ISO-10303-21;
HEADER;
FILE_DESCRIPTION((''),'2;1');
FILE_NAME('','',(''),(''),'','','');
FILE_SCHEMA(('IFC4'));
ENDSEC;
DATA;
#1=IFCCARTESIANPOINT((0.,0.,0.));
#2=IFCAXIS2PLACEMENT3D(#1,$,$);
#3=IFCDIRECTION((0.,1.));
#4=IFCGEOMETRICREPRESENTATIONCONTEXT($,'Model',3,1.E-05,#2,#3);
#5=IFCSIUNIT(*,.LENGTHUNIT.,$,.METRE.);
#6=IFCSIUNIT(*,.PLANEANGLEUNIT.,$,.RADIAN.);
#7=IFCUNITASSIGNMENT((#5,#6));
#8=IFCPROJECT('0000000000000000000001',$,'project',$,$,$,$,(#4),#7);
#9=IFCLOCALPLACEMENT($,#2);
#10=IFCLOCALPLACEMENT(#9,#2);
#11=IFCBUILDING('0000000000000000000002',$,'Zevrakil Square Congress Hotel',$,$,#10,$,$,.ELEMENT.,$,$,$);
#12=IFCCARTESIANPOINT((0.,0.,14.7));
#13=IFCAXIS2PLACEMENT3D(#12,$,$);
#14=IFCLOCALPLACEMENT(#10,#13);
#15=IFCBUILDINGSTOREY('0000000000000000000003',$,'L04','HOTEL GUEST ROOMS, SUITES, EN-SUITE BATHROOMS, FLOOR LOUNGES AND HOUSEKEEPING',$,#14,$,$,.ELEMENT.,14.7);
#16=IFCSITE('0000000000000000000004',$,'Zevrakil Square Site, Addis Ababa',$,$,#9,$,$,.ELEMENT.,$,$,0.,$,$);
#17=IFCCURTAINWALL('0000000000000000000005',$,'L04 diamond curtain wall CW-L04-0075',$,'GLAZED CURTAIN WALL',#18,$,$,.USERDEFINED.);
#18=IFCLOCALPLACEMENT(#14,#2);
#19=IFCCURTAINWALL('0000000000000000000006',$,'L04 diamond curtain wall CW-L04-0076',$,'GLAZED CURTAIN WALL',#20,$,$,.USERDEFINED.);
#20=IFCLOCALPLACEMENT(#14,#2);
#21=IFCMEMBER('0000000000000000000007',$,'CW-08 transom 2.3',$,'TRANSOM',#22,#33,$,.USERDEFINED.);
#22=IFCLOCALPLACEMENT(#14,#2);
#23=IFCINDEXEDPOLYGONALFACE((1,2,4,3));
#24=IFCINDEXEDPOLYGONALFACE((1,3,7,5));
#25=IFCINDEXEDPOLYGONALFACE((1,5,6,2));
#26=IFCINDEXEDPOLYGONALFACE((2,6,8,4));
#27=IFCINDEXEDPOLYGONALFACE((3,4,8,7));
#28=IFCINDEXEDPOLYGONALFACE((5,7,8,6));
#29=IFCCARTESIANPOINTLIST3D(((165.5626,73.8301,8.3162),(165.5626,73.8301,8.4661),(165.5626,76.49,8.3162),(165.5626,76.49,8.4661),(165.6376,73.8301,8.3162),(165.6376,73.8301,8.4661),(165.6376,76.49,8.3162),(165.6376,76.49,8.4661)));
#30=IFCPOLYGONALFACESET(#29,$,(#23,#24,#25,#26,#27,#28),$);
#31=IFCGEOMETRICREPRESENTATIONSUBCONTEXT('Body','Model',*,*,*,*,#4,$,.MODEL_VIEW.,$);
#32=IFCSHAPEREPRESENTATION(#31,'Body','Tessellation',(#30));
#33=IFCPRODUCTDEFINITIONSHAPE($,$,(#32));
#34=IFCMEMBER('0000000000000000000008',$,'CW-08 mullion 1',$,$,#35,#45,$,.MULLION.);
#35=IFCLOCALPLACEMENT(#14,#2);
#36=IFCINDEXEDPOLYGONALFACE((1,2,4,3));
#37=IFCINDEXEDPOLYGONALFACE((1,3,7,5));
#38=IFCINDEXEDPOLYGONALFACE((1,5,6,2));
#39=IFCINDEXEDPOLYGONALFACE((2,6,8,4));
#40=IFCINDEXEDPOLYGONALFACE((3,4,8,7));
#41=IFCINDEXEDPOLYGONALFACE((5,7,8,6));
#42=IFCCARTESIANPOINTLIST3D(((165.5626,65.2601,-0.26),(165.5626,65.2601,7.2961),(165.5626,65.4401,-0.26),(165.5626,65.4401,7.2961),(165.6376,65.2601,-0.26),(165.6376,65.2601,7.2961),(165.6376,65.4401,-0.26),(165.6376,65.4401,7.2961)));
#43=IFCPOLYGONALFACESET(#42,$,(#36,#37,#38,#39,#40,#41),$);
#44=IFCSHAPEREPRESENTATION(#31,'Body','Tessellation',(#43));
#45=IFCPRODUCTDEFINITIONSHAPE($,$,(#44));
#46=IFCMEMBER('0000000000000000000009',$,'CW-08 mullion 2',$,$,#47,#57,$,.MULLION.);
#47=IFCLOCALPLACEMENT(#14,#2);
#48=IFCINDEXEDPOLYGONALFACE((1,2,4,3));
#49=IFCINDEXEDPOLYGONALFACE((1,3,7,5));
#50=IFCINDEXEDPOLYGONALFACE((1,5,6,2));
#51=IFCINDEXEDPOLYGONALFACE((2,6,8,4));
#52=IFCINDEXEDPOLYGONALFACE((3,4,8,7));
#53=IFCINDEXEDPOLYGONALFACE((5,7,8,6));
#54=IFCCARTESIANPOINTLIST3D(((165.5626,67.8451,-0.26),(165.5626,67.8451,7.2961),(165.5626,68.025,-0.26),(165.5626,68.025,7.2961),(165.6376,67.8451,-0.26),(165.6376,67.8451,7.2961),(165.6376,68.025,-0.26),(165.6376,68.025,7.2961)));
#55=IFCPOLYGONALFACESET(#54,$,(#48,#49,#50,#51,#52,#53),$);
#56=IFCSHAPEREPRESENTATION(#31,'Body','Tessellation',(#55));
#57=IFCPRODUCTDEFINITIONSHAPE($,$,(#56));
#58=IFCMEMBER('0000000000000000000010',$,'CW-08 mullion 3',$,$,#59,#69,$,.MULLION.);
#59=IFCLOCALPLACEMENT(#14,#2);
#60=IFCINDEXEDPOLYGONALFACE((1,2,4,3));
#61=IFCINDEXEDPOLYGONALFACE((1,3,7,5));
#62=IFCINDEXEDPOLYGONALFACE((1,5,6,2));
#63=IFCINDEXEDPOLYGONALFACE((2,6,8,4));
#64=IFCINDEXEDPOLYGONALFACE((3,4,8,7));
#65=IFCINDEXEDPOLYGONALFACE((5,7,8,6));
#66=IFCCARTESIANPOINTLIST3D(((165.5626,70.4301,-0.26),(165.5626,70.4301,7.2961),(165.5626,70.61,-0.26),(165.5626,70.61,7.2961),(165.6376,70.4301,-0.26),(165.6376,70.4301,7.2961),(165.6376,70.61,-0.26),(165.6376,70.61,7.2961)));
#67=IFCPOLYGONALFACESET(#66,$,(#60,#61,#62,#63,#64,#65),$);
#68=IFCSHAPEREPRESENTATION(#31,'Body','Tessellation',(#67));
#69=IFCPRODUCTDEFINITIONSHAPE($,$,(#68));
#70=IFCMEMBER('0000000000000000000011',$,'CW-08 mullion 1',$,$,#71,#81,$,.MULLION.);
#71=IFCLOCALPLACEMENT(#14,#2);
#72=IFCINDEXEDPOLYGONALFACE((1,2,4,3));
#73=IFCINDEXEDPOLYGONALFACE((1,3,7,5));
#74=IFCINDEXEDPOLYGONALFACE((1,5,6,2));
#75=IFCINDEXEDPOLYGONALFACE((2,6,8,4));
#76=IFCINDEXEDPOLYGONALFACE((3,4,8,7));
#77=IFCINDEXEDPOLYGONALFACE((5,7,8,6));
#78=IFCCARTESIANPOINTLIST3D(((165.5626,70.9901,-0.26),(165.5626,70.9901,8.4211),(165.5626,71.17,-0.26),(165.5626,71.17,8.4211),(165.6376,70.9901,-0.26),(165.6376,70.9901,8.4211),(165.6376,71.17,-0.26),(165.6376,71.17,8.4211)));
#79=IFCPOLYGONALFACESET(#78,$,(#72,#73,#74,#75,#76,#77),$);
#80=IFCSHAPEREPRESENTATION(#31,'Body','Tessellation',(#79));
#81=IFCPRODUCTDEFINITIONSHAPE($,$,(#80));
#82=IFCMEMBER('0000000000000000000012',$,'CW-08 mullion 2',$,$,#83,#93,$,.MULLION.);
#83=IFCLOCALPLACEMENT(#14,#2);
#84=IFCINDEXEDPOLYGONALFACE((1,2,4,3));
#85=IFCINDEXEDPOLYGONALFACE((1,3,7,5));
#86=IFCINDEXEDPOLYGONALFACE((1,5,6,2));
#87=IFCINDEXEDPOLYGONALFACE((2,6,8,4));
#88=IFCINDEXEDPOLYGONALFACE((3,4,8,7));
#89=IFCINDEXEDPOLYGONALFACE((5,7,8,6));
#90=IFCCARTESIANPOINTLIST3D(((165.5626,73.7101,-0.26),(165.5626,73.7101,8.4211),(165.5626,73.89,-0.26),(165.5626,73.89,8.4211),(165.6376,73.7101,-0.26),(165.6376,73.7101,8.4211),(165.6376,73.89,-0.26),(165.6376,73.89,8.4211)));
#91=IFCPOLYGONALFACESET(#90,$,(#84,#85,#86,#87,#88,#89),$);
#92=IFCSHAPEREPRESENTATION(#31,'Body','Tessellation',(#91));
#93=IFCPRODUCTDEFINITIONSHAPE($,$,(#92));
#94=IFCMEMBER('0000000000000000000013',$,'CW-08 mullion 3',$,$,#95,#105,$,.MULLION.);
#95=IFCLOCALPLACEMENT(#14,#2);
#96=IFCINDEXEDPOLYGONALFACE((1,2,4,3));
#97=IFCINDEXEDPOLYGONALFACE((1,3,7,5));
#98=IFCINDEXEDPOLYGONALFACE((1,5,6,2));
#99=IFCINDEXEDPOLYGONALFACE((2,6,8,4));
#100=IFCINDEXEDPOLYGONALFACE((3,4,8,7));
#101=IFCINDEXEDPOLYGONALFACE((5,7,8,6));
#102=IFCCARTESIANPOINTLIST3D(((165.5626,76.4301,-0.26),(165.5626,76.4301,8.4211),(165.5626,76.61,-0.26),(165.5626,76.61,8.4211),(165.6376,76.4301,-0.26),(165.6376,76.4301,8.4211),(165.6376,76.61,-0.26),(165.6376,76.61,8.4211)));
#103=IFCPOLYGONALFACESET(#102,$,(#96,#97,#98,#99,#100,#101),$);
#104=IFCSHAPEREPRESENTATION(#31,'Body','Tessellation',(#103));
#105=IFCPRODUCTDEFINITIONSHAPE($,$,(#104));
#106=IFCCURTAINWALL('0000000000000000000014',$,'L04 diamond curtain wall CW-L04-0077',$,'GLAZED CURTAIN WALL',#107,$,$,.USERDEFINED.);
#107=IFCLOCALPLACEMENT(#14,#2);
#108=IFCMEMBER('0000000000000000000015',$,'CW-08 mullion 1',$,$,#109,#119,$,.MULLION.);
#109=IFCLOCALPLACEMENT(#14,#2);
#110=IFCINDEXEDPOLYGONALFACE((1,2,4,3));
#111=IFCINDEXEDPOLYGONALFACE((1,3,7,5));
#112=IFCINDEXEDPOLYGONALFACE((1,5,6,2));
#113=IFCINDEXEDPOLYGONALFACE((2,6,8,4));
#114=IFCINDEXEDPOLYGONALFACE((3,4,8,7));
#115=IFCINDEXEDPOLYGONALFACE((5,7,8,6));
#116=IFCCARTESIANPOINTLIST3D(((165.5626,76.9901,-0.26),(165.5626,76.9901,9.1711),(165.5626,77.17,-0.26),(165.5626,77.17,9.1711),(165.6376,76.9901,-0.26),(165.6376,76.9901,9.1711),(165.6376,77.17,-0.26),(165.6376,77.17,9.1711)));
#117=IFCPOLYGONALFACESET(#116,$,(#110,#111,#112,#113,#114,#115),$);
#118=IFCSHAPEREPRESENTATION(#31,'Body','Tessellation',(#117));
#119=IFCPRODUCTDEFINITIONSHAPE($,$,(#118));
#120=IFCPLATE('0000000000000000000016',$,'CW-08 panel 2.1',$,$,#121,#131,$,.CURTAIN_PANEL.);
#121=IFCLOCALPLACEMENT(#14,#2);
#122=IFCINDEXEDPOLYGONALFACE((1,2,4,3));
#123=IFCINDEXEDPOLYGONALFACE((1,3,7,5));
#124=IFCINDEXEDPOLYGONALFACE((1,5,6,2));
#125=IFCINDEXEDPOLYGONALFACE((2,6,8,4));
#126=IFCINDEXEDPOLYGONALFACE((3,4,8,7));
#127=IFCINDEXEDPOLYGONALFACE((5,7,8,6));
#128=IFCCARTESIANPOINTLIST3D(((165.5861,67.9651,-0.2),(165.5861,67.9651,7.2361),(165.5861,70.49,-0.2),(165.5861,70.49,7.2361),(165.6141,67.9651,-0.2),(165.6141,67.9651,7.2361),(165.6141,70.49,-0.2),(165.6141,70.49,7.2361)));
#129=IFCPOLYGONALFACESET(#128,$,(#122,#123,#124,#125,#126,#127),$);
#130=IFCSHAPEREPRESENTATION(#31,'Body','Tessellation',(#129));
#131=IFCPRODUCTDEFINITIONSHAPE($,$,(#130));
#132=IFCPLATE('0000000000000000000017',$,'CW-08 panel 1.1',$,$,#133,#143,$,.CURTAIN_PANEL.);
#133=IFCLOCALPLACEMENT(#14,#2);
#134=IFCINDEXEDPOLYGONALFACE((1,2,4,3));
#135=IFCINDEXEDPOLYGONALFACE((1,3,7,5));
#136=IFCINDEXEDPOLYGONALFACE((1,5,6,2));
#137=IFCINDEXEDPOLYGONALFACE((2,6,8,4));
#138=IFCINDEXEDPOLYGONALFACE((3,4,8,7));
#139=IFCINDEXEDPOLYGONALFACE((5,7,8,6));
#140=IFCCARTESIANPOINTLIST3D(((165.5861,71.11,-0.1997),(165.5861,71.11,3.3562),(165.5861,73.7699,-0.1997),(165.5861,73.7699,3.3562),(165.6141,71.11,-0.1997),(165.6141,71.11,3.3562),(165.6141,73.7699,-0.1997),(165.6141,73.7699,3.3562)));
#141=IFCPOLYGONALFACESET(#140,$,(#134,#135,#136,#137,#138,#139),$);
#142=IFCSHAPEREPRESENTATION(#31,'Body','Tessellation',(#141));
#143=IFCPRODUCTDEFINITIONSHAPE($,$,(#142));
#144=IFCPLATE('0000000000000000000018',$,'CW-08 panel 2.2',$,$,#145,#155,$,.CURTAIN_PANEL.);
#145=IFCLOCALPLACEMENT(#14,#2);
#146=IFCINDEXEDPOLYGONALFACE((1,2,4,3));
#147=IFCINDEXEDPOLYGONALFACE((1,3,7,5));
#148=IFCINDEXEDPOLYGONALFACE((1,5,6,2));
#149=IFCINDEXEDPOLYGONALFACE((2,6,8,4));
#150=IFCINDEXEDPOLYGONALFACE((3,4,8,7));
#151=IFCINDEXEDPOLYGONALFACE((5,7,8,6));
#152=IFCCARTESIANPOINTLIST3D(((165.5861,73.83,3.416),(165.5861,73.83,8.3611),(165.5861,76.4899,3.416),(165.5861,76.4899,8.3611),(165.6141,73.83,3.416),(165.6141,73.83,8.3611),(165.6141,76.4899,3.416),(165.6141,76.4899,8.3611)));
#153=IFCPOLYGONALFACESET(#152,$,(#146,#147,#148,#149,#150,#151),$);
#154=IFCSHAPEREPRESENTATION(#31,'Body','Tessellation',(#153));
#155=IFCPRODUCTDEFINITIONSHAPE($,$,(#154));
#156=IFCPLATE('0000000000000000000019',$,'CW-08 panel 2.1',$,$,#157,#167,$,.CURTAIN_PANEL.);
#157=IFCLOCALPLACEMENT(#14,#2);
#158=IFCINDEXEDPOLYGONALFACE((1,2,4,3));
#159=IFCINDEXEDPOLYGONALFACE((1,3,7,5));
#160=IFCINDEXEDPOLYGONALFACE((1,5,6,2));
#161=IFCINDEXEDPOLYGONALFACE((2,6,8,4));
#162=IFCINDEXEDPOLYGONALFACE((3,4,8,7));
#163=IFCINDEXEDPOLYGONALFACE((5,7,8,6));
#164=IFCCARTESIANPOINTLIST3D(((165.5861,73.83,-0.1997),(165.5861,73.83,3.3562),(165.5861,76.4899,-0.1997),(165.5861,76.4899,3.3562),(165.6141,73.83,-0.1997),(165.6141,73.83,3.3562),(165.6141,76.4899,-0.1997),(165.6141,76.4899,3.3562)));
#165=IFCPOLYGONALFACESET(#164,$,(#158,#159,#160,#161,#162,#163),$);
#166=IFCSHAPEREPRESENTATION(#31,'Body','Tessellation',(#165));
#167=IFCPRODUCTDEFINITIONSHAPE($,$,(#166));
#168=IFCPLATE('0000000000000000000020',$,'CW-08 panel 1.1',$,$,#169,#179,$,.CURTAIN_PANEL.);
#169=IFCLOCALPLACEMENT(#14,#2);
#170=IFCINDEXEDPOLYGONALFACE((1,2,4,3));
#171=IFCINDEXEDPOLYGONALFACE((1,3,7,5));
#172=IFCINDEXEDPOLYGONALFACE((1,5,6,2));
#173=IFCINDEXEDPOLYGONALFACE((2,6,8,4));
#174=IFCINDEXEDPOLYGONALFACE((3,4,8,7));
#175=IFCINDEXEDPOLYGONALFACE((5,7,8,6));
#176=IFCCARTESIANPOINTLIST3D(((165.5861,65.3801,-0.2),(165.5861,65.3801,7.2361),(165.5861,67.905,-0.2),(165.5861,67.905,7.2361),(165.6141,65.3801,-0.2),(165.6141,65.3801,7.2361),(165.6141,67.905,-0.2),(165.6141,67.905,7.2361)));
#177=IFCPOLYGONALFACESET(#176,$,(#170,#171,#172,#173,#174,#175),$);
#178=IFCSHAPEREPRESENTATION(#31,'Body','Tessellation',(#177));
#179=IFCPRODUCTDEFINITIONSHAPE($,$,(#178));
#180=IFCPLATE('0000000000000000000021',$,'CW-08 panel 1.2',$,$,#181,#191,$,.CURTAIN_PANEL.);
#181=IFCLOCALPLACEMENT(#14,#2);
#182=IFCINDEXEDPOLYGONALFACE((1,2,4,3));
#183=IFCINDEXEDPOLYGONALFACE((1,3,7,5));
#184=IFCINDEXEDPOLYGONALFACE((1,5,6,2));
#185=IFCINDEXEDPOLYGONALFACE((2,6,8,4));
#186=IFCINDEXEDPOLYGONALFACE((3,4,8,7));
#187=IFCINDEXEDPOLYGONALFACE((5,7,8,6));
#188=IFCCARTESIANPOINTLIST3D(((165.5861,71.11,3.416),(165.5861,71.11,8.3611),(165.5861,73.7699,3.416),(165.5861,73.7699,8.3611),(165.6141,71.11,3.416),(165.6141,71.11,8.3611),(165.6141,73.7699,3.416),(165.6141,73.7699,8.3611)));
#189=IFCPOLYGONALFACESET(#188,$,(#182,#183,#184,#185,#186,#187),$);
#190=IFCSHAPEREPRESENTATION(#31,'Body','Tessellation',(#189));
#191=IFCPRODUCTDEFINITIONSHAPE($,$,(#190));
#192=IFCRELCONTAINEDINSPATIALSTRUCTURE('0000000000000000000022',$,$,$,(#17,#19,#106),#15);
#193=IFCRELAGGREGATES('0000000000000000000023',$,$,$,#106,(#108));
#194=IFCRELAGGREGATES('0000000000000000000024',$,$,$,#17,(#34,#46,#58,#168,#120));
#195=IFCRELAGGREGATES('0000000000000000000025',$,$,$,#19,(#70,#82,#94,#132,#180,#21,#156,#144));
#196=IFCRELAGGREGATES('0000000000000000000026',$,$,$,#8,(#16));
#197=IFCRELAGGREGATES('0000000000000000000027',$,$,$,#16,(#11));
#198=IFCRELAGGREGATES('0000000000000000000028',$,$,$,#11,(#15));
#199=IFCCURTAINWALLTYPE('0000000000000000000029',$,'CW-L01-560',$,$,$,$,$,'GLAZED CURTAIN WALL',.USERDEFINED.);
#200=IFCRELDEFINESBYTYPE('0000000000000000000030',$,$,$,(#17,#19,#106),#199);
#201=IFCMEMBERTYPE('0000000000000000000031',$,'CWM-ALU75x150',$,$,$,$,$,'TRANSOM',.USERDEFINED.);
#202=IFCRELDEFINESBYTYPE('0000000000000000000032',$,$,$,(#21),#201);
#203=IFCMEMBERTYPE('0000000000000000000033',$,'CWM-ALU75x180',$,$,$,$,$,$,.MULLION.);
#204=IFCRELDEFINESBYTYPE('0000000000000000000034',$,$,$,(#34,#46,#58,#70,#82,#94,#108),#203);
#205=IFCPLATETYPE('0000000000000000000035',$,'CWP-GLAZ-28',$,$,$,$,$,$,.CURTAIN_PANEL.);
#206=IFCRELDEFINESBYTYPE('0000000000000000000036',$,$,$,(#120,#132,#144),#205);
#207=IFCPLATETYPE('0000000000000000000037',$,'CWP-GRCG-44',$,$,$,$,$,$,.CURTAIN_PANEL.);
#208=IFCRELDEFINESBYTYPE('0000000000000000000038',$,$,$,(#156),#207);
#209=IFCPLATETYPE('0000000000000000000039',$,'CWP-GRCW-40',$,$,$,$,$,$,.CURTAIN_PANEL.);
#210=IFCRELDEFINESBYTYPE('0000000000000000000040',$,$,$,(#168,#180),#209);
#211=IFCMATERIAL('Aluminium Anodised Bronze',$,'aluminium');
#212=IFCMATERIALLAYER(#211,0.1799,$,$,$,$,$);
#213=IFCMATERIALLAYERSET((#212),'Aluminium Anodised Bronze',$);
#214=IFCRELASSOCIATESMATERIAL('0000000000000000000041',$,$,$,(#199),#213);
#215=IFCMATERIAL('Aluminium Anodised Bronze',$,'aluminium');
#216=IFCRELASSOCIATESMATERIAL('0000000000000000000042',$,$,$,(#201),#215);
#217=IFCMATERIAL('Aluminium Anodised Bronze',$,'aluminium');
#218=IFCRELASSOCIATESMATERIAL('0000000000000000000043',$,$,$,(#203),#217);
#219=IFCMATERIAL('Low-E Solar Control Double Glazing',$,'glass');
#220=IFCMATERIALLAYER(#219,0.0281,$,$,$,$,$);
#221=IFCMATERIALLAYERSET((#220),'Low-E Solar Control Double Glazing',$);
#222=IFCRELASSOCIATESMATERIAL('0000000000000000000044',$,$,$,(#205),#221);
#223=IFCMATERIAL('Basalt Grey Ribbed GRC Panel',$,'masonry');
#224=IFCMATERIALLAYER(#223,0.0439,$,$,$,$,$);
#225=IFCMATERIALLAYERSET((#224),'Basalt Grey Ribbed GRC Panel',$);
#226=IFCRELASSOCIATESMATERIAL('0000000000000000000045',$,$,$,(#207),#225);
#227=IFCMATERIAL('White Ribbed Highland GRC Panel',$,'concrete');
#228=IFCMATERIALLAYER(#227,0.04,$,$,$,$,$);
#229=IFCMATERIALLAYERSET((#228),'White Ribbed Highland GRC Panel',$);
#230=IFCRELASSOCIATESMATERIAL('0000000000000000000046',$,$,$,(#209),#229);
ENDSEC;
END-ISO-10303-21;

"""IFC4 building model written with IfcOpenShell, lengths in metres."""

from ifc_helpers import new_model, si_unit, direction, frame, origin, origin_2d, place, context, subcontext, project, spatial, rectangle, extrude, material, layer, layer_set, material_profile, profile_set, type_object, element, aggregate, save


model = new_model("IFC4")

# Units and contexts
model_context = context("Model", 3, precision=1e-05, world=origin(), true_north=direction((0.0, 1.0)))
body_context = subcontext(model_context, "Body", "Model", "MODEL_VIEW")
ifc_project = project(units=[si_unit("LENGTHUNIT", "METRE"), si_unit("PLANEANGLEUNIT", "RADIAN")], contexts=[model_context])

# Site, building, storey
site_placement = place(None, origin())
site = spatial("IfcSite", under=ifc_project, at=site_placement, Name="Zevrakil Square Site, Addis Ababa", CompositionType="ELEMENT", RefElevation=0.0)
building_placement = place(site_placement, origin())
building = spatial("IfcBuilding", under=site, at=building_placement, Name="Zevrakil Square Congress Hotel", CompositionType="ELEMENT")
storey_placement = place(building_placement, frame((0.0, 0.0, 14.7)))
storey = spatial("IfcBuildingStorey", under=building, at=storey_placement, Name="L04", Description="HOTEL GUEST ROOMS, SUITES, EN-SUITE BATHROOMS, FLOOR LOUNGES AND HOUSEKEEPING", CompositionType="ELEMENT", Elevation=14.7)

# Curtain walls, member
ifc_material_1 = material(Name="Aluminium Anodised Bronze", Category="aluminium")
ifc_layer_1 = layer(ifc_material_1, 0.1799)
ifc_layer_set_1 = layer_set([ifc_layer_1], Name="Aluminium Anodised Bronze")
curtain_wall_type = type_object("IfcCurtainWallType", Name="CW-L01-560", ElementType="GLAZED CURTAIN WALL", PredefinedType="USERDEFINED", material=ifc_layer_set_1)
curtain_wall_1_placement = place(storey_placement, origin())
curtain_wall_1 = element("IfcCurtainWall", 1, at=curtain_wall_1_placement, inside=storey, type_object=curtain_wall_type, Name="L04 diamond curtain wall CW-L04-0075", ObjectType="GLAZED CURTAIN WALL", PredefinedType="USERDEFINED")
ifc_material_2 = material(Name="Aluminium Anodised Bronze", Category="aluminium")
ifc_material_profile_1 = material_profile(ifc_material_2, rectangle(XDim=0.075, YDim=0.1499, at=origin_2d()), Name="ALU 75x150")
ifc_profile_set_1 = profile_set([ifc_material_profile_1], Name="Aluminium Anodised Bronze")
member_type_1 = type_object("IfcMemberType", Name="CWM-ALU75x150", ElementType="TRANSOM", PredefinedType="USERDEFINED", material=ifc_profile_set_1)
curtain_wall_2_placement = place(storey_placement, origin())
curtain_wall_2 = element("IfcCurtainWall", 2, at=curtain_wall_2_placement, inside=storey, type_object=curtain_wall_type, Name="L04 diamond curtain wall CW-L04-0076", ObjectType="GLAZED CURTAIN WALL", PredefinedType="USERDEFINED")
member_1_placement = place(storey_placement, frame((165.6001, 73.8301, 8.3911), z_axis=(0.0, 1.0, 0.0), x_axis=(-1.0, 0.0, 0.0)))
member_1 = element("IfcMember", 3, at=member_1_placement, type_object=member_type_1, Name="CW-08 transom 2.3", ObjectType="TRANSOM", PredefinedType="USERDEFINED", context=body_context, shape_type="SweptSolid", body=[
    extrude(rectangle(XDim=0.075, YDim=0.1499, at=origin_2d()), origin(), (0.0, 0.0, 1.0), 2.6599),
])

# Members
ifc_material_3 = material(Name="Aluminium Anodised Bronze", Category="aluminium")
ifc_material_profile_2 = material_profile(ifc_material_3, rectangle(XDim=0.075, YDim=0.1799, at=origin_2d()), Name="ALU 75x180")
ifc_profile_set_2 = profile_set([ifc_material_profile_2], Name="Aluminium Anodised Bronze")
member_type_2 = type_object("IfcMemberType", Name="CWM-ALU75x180", PredefinedType="MULLION", material=ifc_profile_set_2)
member_2_placement = place(storey_placement, frame((165.6001, 65.3501, -0.26), z_axis=(0.0, 0.0, 1.0), x_axis=(-1.0, 0.0, 0.0)))
member_2 = element("IfcMember", 4, at=member_2_placement, type_object=member_type_2, Name="CW-08 mullion 1", PredefinedType="MULLION", context=body_context, shape_type="SweptSolid", body=[
    extrude(rectangle(XDim=0.075, YDim=0.1799, at=origin_2d()), origin(), (0.0, 0.0, 1.0), 7.5562),
])
member_3_placement = place(storey_placement, frame((165.6001, 67.9351, -0.26), z_axis=(0.0, 0.0, 1.0), x_axis=(-1.0, 0.0, 0.0)))
member_3 = element("IfcMember", 5, at=member_3_placement, type_object=member_type_2, Name="CW-08 mullion 2", PredefinedType="MULLION", context=body_context, shape_type="SweptSolid", body=[
    extrude(rectangle(XDim=0.075, YDim=0.1799, at=origin_2d()), origin(), (0.0, 0.0, 1.0), 7.5562),
])
member_4_placement = place(storey_placement, frame((165.6001, 70.52, -0.26), z_axis=(0.0, 0.0, 1.0), x_axis=(-1.0, 0.0, 0.0)))
member_4 = element("IfcMember", 6, at=member_4_placement, type_object=member_type_2, Name="CW-08 mullion 3", PredefinedType="MULLION", context=body_context, shape_type="SweptSolid", body=[
    extrude(rectangle(XDim=0.075, YDim=0.1799, at=origin_2d()), origin(), (0.0, 0.0, 1.0), 7.5562),
])
member_5_placement = place(storey_placement, frame((165.6001, 71.0801, -0.26), z_axis=(0.0, 0.0, 1.0), x_axis=(-1.0, 0.0, 0.0)))
member_5 = element("IfcMember", 7, at=member_5_placement, type_object=member_type_2, Name="CW-08 mullion 1", PredefinedType="MULLION", context=body_context, shape_type="SweptSolid", body=[
    extrude(rectangle(XDim=0.075, YDim=0.1799, at=origin_2d()), origin(), (0.0, 0.0, 1.0), 8.6812),
])
member_6_placement = place(storey_placement, frame((165.6001, 73.8, -0.26), z_axis=(0.0, 0.0, 1.0), x_axis=(-1.0, 0.0, 0.0)))
member_6 = element("IfcMember", 8, at=member_6_placement, type_object=member_type_2, Name="CW-08 mullion 2", PredefinedType="MULLION", context=body_context, shape_type="SweptSolid", body=[
    extrude(rectangle(XDim=0.075, YDim=0.1799, at=origin_2d()), origin(), (0.0, 0.0, 1.0), 8.6812),
])
member_7_placement = place(storey_placement, frame((165.6001, 76.52, -0.26), z_axis=(0.0, 0.0, 1.0), x_axis=(-1.0, 0.0, 0.0)))
member_7 = element("IfcMember", 9, at=member_7_placement, type_object=member_type_2, Name="CW-08 mullion 3", PredefinedType="MULLION", context=body_context, shape_type="SweptSolid", body=[
    extrude(rectangle(XDim=0.075, YDim=0.1799, at=origin_2d()), origin(), (0.0, 0.0, 1.0), 8.6812),
])

# Curtain wall, member
curtain_wall_3_placement = place(storey_placement, origin())
curtain_wall_3 = element("IfcCurtainWall", 10, at=curtain_wall_3_placement, inside=storey, type_object=curtain_wall_type, Name="L04 diamond curtain wall CW-L04-0077", ObjectType="GLAZED CURTAIN WALL", PredefinedType="USERDEFINED")
member_8_placement = place(storey_placement, frame((165.6001, 77.0801, -0.26), z_axis=(0.0, 0.0, 1.0), x_axis=(-1.0, 0.0, 0.0)))
member_8 = element("IfcMember", 11, at=member_8_placement, type_object=member_type_2, Name="CW-08 mullion 1", PredefinedType="MULLION", context=body_context, shape_type="SweptSolid", body=[
    extrude(rectangle(XDim=0.075, YDim=0.1799, at=origin_2d()), origin(), (0.0, 0.0, 1.0), 9.4312),
])
aggregate(curtain_wall_3, [member_8])

# Plates
ifc_material_4 = material(Name="Low-E Solar Control Double Glazing", Category="glass")
ifc_layer_2 = layer(ifc_material_4, 0.0281)
ifc_layer_set_2 = layer_set([ifc_layer_2], Name="Low-E Solar Control Double Glazing")
plate_type_1 = type_object("IfcPlateType", Name="CWP-GLAZ-28", PredefinedType="CURTAIN_PANEL", material=ifc_layer_set_2)
plate_1_placement = place(storey_placement, frame((165.6001, 69.2275, -0.2), z_axis=(0.0, 0.0, 1.0), x_axis=(0.0, 1.0, 0.0)))
plate_1 = element("IfcPlate", 12, at=plate_1_placement, type_object=plate_type_1, Name="CW-08 panel 2.1", PredefinedType="CURTAIN_PANEL", context=body_context, shape_type="SweptSolid", body=[
    extrude(rectangle(XDim=2.5249, YDim=0.0281, at=origin_2d()), origin(), (0.0, 0.0, 1.0), 7.436),
])
plate_2_placement = place(storey_placement, frame((165.6001, 72.4399, -0.1997), z_axis=(0.0, 0.0, 1.0), x_axis=(0.0, 1.0, 0.0)))
plate_2 = element("IfcPlate", 13, at=plate_2_placement, type_object=plate_type_1, Name="CW-08 panel 1.1", PredefinedType="CURTAIN_PANEL", context=body_context, shape_type="SweptSolid", body=[
    extrude(rectangle(XDim=2.6599, YDim=0.0281, at=origin_2d()), origin(), (0.0, 0.0, 1.0), 3.5559),
])
plate_3_placement = place(storey_placement, frame((165.6001, 75.1599, 3.416), z_axis=(0.0, 0.0, 1.0), x_axis=(0.0, 1.0, 0.0)))
plate_3 = element("IfcPlate", 14, at=plate_3_placement, type_object=plate_type_1, Name="CW-08 panel 2.2", PredefinedType="CURTAIN_PANEL", context=body_context, shape_type="SweptSolid", body=[
    extrude(rectangle(XDim=2.6599, YDim=0.0281, at=origin_2d()), origin(), (0.0, 0.0, 1.0), 4.9451),
])
ifc_material_5 = material(Name="Basalt Grey Ribbed GRC Panel", Category="masonry")
ifc_layer_3 = layer(ifc_material_5, 0.0439)
ifc_layer_set_3 = layer_set([ifc_layer_3], Name="Basalt Grey Ribbed GRC Panel")
plate_type_2 = type_object("IfcPlateType", Name="CWP-GRCG-44", PredefinedType="CURTAIN_PANEL", material=ifc_layer_set_3)
plate_4_placement = place(storey_placement, frame((165.6001, 75.1599, -0.1997), z_axis=(0.0, 0.0, 1.0), x_axis=(0.0, 1.0, 0.0)))
plate_4 = element("IfcPlate", 15, at=plate_4_placement, type_object=plate_type_2, Name="CW-08 panel 2.1", PredefinedType="CURTAIN_PANEL", context=body_context, shape_type="SweptSolid", body=[
    extrude(rectangle(XDim=2.6599, YDim=0.0281, at=origin_2d()), origin(), (0.0, 0.0, 1.0), 3.5559),
])
ifc_material_6 = material(Name="White Ribbed Highland GRC Panel", Category="concrete")
ifc_layer_4 = layer(ifc_material_6, 0.04)
ifc_layer_set_4 = layer_set([ifc_layer_4], Name="White Ribbed Highland GRC Panel")
plate_type_3 = type_object("IfcPlateType", Name="CWP-GRCW-40", PredefinedType="CURTAIN_PANEL", material=ifc_layer_set_4)
plate_5_placement = place(storey_placement, frame((165.6001, 66.6426, -0.2), z_axis=(0.0, 0.0, 1.0), x_axis=(0.0, 1.0, 0.0)))
plate_5 = element("IfcPlate", 16, at=plate_5_placement, type_object=plate_type_3, Name="CW-08 panel 1.1", PredefinedType="CURTAIN_PANEL", context=body_context, shape_type="SweptSolid", body=[
    extrude(rectangle(XDim=2.5249, YDim=0.0281, at=origin_2d()), origin(), (0.0, 0.0, 1.0), 7.436),
])
aggregate(curtain_wall_1, [member_2, member_3, member_4, plate_5, plate_1])
plate_6_placement = place(storey_placement, frame((165.6001, 72.4399, 3.416), z_axis=(0.0, 0.0, 1.0), x_axis=(0.0, 1.0, 0.0)))
plate_6 = element("IfcPlate", 17, at=plate_6_placement, type_object=plate_type_3, Name="CW-08 panel 1.2", PredefinedType="CURTAIN_PANEL", context=body_context, shape_type="SweptSolid", body=[
    extrude(rectangle(XDim=2.6599, YDim=0.0281, at=origin_2d()), origin(), (0.0, 0.0, 1.0), 4.9451),
])
aggregate(curtain_wall_2, [member_5, member_6, member_7, plate_2, plate_6, member_1, plate_4, plate_3])

save(model, "model.ifc")
